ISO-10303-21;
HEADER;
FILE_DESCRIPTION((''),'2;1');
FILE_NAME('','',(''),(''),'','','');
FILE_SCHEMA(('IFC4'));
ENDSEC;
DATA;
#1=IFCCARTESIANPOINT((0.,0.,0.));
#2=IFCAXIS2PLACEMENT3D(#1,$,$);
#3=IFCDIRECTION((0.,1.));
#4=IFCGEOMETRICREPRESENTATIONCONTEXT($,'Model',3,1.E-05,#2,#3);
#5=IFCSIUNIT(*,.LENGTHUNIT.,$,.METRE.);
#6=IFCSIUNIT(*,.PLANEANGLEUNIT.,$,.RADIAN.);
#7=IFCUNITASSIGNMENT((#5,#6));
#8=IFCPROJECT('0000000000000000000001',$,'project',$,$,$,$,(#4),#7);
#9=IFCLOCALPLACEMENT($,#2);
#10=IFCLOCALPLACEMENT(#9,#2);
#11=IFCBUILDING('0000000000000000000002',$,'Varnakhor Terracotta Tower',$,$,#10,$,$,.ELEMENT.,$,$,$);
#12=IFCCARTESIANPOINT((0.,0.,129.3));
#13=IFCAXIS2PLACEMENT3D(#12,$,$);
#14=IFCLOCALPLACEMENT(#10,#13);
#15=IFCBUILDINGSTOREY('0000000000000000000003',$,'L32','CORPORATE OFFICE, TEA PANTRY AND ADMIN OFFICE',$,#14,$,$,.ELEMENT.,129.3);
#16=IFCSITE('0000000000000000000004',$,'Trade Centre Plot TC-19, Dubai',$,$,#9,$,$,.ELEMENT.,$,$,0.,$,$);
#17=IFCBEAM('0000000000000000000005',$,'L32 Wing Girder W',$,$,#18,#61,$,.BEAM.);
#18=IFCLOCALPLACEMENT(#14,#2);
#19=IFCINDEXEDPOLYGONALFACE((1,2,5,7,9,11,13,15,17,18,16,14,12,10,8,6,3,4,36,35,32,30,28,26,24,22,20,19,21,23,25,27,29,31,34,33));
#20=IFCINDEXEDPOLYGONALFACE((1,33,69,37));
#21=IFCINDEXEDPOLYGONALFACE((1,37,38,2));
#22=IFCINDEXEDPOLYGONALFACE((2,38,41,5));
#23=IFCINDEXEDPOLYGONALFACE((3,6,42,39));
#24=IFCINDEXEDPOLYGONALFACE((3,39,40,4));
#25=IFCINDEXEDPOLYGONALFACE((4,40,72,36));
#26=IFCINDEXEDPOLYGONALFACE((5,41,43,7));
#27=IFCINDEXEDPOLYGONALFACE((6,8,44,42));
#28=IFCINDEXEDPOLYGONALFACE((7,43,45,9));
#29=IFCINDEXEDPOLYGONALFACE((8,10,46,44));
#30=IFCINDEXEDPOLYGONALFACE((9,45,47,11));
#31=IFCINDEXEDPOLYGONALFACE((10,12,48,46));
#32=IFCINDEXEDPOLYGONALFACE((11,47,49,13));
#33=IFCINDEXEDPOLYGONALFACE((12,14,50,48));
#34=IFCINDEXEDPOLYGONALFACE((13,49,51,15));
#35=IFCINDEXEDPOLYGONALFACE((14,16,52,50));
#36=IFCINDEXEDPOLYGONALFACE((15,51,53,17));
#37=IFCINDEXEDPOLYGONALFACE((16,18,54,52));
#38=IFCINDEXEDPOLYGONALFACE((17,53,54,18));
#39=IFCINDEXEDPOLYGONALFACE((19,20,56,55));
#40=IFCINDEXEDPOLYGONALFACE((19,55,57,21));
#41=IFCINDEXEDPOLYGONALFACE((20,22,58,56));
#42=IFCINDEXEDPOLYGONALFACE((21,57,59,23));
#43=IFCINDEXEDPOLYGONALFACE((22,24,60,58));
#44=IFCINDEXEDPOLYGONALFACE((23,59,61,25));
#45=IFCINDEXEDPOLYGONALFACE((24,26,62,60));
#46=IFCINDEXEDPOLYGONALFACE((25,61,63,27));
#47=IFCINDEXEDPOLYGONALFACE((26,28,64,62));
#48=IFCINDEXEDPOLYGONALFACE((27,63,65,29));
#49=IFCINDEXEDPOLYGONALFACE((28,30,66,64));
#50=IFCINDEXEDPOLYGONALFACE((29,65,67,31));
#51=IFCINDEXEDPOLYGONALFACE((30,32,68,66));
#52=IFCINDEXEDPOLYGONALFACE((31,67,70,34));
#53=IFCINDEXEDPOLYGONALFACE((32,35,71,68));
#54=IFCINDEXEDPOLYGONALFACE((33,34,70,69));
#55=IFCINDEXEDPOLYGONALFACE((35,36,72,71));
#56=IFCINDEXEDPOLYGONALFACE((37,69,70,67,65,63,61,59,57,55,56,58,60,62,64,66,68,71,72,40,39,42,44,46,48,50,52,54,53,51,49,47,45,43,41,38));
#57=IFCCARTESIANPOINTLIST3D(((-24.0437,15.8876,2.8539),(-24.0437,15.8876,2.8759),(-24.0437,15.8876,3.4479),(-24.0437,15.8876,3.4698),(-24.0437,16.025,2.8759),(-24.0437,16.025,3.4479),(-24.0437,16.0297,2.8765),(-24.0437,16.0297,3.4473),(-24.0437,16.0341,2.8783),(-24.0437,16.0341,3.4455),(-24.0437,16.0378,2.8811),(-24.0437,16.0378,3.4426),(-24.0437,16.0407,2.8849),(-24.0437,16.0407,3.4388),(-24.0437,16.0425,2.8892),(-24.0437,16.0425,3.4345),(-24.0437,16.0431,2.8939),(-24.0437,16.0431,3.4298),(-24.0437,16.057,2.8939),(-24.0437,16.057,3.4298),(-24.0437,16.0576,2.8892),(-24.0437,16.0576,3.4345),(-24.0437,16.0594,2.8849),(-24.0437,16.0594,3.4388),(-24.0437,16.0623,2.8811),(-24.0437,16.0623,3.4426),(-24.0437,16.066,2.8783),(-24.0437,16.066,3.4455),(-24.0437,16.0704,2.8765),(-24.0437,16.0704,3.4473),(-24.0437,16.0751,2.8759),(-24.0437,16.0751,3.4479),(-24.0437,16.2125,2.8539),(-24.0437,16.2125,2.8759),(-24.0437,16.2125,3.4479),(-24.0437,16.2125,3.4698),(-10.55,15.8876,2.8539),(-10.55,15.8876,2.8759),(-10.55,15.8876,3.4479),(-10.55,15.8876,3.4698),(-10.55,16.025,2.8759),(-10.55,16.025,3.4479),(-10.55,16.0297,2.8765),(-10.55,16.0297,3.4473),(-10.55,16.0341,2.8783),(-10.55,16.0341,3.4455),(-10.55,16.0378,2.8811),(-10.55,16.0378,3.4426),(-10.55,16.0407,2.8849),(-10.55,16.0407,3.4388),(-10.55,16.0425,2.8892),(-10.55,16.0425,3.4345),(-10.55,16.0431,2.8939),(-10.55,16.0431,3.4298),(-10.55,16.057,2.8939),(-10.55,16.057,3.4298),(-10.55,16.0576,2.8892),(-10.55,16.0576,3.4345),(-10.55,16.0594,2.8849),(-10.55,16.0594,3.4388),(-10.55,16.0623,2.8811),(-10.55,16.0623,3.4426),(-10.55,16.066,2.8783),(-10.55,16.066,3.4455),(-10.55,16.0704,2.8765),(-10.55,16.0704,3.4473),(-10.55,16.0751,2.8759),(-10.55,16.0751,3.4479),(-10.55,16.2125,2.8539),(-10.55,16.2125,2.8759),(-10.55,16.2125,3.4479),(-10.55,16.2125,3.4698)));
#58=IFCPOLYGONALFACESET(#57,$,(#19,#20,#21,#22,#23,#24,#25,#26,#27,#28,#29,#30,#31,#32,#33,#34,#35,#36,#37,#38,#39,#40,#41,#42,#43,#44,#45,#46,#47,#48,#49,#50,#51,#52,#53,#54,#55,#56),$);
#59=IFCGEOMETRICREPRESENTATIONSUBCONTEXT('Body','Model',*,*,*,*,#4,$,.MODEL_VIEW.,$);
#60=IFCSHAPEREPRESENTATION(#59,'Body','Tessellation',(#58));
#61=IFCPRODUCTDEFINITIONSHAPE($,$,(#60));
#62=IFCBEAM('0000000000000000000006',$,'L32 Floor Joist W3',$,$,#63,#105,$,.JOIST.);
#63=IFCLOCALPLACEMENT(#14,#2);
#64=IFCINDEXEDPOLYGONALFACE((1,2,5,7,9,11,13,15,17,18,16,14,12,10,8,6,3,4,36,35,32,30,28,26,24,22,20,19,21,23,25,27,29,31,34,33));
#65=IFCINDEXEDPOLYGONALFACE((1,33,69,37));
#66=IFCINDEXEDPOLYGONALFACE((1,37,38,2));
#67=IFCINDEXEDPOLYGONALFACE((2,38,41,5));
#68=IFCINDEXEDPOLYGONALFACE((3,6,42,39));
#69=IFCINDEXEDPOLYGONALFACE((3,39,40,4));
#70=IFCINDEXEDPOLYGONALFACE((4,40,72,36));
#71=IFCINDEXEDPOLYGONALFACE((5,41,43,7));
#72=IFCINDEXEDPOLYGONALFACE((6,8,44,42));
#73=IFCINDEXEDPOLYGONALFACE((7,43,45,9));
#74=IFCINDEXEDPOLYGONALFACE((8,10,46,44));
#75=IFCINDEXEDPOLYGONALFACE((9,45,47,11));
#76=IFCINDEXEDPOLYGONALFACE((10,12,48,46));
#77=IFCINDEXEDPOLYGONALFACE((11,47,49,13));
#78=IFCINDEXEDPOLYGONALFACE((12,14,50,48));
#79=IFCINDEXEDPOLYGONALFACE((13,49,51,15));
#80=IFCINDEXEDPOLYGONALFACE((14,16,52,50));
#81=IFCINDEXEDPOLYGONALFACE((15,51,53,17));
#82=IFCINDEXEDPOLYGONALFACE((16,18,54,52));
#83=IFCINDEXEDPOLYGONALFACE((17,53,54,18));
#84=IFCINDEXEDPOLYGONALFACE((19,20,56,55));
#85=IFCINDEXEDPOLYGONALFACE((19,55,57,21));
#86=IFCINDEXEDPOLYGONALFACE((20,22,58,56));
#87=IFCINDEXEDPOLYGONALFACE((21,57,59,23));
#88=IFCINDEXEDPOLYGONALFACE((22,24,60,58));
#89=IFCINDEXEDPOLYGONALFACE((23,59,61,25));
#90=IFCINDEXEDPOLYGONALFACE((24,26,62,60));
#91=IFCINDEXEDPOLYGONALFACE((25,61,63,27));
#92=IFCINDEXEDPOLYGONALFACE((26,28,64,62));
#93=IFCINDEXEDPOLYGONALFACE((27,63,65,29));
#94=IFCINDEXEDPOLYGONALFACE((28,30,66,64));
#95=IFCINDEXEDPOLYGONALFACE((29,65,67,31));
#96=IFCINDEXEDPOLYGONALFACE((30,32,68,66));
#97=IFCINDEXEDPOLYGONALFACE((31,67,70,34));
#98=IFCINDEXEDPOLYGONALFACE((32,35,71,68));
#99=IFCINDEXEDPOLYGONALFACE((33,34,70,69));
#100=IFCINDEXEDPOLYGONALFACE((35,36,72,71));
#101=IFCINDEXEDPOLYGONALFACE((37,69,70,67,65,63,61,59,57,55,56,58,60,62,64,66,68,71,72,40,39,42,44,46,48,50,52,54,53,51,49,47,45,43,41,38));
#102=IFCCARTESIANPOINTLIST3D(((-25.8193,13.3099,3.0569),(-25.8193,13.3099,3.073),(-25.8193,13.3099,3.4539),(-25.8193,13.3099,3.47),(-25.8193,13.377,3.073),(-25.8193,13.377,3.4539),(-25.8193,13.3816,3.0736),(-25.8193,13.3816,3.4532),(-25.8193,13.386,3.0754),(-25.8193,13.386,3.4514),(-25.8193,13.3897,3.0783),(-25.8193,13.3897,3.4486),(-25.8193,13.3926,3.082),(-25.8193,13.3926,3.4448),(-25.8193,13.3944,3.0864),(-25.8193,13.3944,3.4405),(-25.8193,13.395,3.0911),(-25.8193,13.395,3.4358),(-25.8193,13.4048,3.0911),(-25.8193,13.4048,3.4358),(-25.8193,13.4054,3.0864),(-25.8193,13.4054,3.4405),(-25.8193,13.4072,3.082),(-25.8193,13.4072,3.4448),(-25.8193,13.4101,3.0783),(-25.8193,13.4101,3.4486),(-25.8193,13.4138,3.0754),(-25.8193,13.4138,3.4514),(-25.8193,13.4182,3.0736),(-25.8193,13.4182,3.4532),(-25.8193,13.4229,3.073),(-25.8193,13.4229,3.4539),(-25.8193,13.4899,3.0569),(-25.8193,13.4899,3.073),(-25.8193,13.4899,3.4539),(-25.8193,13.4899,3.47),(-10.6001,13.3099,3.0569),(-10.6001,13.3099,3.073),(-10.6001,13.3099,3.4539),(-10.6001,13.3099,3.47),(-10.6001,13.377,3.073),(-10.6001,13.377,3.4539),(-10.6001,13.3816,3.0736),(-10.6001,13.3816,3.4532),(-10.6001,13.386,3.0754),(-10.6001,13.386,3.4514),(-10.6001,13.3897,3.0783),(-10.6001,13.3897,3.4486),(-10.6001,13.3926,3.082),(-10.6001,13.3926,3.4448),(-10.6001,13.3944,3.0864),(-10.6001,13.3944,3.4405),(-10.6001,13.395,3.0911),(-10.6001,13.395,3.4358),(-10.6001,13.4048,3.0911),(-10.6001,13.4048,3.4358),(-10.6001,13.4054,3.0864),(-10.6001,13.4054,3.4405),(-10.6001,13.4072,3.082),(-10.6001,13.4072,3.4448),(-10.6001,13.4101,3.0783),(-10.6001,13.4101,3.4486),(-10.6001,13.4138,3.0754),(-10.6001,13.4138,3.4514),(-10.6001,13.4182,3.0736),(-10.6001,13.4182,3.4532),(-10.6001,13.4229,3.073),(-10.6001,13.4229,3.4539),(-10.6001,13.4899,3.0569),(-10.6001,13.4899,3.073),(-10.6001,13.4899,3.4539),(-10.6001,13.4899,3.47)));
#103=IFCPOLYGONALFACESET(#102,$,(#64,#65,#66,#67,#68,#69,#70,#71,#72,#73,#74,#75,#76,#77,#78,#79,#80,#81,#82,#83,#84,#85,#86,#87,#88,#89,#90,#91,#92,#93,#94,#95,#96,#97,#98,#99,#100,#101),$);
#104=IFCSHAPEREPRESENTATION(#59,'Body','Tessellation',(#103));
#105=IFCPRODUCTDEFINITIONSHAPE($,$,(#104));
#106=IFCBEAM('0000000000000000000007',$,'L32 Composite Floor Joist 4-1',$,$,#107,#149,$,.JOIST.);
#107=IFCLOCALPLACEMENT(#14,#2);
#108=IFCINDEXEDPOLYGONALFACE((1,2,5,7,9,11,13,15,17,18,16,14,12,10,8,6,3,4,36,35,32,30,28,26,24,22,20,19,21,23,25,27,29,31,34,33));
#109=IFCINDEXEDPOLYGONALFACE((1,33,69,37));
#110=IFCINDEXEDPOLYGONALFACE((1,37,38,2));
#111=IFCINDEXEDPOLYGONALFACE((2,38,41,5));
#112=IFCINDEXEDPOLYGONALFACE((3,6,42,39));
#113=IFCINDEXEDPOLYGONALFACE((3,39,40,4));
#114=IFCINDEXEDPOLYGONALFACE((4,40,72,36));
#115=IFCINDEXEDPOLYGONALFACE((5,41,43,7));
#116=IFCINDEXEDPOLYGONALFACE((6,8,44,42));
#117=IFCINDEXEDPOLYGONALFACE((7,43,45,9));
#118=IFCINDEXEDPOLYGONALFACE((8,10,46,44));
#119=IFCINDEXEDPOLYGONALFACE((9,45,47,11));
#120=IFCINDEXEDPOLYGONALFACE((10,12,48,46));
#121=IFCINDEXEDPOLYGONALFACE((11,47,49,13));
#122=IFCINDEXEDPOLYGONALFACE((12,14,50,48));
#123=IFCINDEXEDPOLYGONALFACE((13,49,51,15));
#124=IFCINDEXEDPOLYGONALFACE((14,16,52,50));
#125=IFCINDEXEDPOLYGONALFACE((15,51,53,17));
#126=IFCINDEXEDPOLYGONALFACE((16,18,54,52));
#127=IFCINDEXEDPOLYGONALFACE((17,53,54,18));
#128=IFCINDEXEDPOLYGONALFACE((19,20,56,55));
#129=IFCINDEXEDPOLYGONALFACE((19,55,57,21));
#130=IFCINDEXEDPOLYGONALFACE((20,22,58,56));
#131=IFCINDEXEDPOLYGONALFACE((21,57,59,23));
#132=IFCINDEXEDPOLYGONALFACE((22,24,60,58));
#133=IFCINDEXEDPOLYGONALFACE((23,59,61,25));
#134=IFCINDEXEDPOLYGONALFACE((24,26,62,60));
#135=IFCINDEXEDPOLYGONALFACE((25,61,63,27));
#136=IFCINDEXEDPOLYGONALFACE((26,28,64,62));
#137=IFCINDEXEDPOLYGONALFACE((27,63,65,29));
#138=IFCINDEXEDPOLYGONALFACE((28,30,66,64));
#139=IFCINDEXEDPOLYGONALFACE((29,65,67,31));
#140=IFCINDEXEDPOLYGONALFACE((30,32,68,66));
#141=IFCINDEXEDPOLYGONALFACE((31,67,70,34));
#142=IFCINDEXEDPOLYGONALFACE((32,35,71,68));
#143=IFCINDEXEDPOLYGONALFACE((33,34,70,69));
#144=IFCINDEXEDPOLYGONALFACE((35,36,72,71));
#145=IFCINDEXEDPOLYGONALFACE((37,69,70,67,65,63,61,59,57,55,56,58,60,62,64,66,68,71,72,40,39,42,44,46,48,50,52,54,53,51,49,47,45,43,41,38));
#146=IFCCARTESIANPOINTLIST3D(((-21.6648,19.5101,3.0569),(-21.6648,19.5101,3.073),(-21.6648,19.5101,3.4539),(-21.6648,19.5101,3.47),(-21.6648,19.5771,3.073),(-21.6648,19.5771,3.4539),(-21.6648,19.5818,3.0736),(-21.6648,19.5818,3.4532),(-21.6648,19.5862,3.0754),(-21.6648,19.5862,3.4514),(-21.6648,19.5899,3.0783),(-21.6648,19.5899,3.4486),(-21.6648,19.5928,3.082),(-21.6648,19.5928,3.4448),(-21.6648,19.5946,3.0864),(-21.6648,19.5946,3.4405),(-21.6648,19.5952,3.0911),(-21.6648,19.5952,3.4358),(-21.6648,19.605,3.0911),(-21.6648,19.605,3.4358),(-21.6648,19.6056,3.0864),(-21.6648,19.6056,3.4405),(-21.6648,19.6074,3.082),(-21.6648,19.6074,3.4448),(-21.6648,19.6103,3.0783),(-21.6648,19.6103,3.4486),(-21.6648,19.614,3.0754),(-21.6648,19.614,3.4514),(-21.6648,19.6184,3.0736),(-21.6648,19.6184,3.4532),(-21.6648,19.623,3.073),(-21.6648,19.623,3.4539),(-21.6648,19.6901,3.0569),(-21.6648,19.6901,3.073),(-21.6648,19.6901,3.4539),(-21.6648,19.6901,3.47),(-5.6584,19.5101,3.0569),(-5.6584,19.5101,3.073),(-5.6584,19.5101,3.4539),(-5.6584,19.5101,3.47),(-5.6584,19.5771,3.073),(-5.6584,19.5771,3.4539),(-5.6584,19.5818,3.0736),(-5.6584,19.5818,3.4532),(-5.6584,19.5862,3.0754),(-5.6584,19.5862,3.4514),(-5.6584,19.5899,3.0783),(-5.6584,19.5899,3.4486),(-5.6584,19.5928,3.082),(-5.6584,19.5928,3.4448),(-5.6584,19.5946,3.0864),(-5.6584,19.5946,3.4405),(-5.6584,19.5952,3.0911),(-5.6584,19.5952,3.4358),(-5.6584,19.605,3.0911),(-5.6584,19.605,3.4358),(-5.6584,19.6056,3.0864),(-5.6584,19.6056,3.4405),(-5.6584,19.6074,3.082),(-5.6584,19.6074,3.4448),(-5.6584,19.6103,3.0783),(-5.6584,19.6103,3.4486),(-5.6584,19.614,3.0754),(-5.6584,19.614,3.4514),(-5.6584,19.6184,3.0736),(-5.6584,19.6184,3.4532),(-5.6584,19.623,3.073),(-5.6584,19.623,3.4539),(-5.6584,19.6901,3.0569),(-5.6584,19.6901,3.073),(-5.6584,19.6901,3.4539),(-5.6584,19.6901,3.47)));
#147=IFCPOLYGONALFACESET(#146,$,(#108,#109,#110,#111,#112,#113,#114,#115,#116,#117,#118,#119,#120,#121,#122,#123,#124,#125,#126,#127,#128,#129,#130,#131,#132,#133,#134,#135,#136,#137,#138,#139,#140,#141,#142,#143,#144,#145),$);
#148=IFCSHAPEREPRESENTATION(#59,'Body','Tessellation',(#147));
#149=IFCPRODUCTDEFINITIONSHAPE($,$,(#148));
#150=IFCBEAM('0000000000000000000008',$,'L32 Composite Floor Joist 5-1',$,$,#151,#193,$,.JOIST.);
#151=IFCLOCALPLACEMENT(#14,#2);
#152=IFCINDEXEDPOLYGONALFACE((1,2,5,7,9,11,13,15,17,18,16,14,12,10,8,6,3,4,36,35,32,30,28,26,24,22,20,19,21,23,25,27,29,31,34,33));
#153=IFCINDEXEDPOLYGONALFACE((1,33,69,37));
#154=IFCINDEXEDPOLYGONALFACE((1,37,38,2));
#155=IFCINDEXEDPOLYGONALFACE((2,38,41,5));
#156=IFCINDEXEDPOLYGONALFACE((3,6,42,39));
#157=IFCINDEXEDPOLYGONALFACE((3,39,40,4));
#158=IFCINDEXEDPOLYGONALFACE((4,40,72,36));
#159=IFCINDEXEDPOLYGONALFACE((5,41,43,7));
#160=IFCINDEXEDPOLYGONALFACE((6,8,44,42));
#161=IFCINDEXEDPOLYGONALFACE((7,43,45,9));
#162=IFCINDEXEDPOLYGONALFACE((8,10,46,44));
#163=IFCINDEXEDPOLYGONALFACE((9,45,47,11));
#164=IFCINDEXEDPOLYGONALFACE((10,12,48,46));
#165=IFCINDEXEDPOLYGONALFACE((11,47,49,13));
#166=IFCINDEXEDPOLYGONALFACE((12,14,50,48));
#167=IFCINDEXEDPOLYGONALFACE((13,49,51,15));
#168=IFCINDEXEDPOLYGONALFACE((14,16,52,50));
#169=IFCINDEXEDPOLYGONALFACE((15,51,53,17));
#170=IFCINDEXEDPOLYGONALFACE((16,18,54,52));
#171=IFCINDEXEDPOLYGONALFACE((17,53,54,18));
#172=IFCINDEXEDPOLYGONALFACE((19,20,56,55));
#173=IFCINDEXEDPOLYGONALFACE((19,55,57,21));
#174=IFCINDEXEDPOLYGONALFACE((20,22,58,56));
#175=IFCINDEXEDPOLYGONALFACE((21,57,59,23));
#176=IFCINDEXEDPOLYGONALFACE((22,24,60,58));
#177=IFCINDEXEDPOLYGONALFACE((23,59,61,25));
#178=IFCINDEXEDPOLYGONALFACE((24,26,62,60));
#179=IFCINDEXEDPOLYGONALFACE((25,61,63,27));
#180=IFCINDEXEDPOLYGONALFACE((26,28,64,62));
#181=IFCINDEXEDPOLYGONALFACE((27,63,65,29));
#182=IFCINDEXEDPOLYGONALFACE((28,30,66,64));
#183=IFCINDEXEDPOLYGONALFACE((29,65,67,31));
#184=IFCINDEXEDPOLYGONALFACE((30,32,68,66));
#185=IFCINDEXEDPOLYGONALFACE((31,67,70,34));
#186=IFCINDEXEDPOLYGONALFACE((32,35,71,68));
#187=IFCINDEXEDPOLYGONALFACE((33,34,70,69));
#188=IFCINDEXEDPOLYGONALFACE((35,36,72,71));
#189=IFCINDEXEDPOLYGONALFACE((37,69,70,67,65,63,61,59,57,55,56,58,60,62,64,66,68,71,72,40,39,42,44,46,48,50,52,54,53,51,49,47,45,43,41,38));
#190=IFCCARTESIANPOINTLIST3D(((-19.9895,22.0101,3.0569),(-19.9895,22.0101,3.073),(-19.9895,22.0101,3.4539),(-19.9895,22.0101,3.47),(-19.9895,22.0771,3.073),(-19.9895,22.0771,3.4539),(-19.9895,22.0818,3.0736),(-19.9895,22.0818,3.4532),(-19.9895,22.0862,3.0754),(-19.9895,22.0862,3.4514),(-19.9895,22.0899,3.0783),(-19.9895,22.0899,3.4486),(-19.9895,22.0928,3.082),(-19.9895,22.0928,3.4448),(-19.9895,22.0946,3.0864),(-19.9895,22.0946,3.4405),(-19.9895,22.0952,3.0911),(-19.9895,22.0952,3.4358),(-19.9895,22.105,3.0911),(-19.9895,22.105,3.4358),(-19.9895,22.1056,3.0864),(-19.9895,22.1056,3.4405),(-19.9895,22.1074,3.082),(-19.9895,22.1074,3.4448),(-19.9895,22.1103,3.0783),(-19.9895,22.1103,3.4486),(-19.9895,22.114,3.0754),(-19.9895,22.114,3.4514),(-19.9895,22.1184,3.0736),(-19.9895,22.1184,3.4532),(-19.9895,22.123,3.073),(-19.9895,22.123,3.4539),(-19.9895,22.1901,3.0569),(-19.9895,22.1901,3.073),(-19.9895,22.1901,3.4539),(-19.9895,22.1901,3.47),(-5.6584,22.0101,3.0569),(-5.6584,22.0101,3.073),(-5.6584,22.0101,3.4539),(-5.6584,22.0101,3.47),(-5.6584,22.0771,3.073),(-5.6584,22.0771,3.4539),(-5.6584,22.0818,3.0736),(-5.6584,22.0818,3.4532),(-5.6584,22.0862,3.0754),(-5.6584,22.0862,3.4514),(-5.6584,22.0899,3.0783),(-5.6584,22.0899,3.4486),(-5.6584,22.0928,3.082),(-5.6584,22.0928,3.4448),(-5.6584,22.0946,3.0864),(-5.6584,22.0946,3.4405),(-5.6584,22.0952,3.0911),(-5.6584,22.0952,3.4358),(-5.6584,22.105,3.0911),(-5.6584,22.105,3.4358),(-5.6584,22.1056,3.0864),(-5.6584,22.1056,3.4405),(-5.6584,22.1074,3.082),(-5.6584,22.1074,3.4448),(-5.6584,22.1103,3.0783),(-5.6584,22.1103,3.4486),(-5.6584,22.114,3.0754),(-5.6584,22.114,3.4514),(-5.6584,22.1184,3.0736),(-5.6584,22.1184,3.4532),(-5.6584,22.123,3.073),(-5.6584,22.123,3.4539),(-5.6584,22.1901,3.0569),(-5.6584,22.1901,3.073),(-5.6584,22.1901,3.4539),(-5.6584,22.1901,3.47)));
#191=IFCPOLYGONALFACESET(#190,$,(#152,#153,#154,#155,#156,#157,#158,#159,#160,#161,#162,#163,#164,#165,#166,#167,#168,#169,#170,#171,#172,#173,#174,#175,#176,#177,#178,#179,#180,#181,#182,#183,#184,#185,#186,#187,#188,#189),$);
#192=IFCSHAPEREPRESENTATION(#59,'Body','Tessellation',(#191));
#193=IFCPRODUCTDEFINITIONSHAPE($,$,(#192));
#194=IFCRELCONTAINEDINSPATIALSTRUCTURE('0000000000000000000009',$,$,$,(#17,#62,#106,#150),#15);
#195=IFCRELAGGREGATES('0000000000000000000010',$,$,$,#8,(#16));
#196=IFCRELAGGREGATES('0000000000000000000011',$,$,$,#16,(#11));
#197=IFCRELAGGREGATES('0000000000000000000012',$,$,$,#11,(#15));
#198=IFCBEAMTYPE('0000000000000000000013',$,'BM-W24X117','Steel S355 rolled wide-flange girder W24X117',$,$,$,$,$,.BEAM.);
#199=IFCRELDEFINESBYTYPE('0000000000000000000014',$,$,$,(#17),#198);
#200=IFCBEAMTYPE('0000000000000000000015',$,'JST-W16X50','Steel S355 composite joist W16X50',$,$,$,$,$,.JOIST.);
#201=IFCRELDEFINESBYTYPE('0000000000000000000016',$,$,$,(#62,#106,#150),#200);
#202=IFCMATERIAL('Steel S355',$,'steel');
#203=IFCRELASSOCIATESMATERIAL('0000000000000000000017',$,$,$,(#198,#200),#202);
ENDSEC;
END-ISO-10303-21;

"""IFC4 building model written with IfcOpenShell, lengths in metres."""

from ifc_helpers import new_model, si_unit, direction, frame, origin, origin_2d, place, context, subcontext, project, spatial, i_section, extrude, source, transform, mapped, material, material_profile, profile_set, type_object, element, save


model = new_model("IFC4")

# Units and contexts
model_context = context("Model", 3, precision=1e-05, world=origin(), true_north=direction((0.0, 1.0)))
body_context = subcontext(model_context, "Body", "Model", "MODEL_VIEW")
ifc_project = project(units=[si_unit("LENGTHUNIT", "METRE"), si_unit("PLANEANGLEUNIT", "RADIAN")], contexts=[model_context])

# Site, building, storey
site_placement = place(None, origin())
site = spatial("IfcSite", under=ifc_project, at=site_placement, Name="Trade Centre Plot TC-19, Dubai", CompositionType="ELEMENT", RefElevation=0.0)
building_placement = place(site_placement, origin())
building = spatial("IfcBuilding", under=site, at=building_placement, Name="Varnakhor Terracotta Tower", CompositionType="ELEMENT")
storey_placement = place(building_placement, frame((0.0, 0.0, 129.3)))
storey = spatial("IfcBuildingStorey", under=building, at=storey_placement, Name="L32", Description="CORPORATE OFFICE, TEA PANTRY AND ADMIN OFFICE", CompositionType="ELEMENT", Elevation=129.3)

# Beams
ifc_material_1 = material(Name="Steel S355", Category="steel")
ifc_material_profile_1 = material_profile(ifc_material_1, i_section(OverallWidth=0.325, OverallDepth=0.616, WebThickness=0.0139, FlangeThickness=0.022, FilletRadius=0.0181, at=origin_2d()), Name="W24X117")
ifc_profile_set_1 = profile_set([ifc_material_profile_1], Name="Steel S355")
beam_type_1 = type_object("IfcBeamType", Name="BM-W24X117", Description="Steel S355 rolled wide-flange girder W24X117", PredefinedType="BEAM", material=ifc_profile_set_1)
shared_shape_1 = source(origin(), body_context, "Body", "SweptSolid", [
    extrude(i_section(OverallWidth=0.325, OverallDepth=0.616, WebThickness=0.0139, FlangeThickness=0.022, FilletRadius=0.0181, at=origin_2d()), origin(), (0.0, 0.0, 1.0), 13.4937),
])
beam_1_placement = place(storey_placement, frame((-24.0437, 16.05, 3.1619), z_axis=(1.0, 0.0, 0.0), x_axis=(0.0, 1.0, 0.0)))
element("IfcBeam", 1, at=beam_1_placement, inside=storey, type_object=beam_type_1, Name="L32 Wing Girder W", PredefinedType="BEAM", context=body_context, shape_type="MappedRepresentation", body=[
    mapped(shared_shape_1, transform((0.0, 0.0, 0.0), scale=1.0)),
])
ifc_material_profile_2 = material_profile(ifc_material_1, i_section(OverallWidth=0.1799, OverallDepth=0.4131, WebThickness=0.0098, FlangeThickness=0.0161, FilletRadius=0.0181, at=origin_2d()), Name="W16X50")
ifc_profile_set_2 = profile_set([ifc_material_profile_2], Name="Steel S355")
beam_type_2 = type_object("IfcBeamType", Name="JST-W16X50", Description="Steel S355 composite joist W16X50", PredefinedType="JOIST", material=ifc_profile_set_2)
shared_shape_2 = source(origin(), body_context, "Body", "SweptSolid", [
    extrude(i_section(OverallWidth=0.1799, OverallDepth=0.4131, WebThickness=0.0098, FlangeThickness=0.0161, FilletRadius=0.0181, at=origin_2d()), origin(), (0.0, 0.0, 1.0), 15.2192),
])
beam_2_placement = place(storey_placement, frame((-25.8193, 13.3999, 3.2634), z_axis=(1.0, 0.0, 0.0), x_axis=(0.0, 1.0, 0.0)))
element("IfcBeam", 2, at=beam_2_placement, inside=storey, type_object=beam_type_2, Name="L32 Floor Joist W3", PredefinedType="JOIST", context=body_context, shape_type="MappedRepresentation", body=[
    mapped(shared_shape_2, transform((0.0, 0.0, 0.0), scale=1.0)),
])
shared_shape_3 = source(origin(), body_context, "Body", "SweptSolid", [
    extrude(i_section(OverallWidth=0.1799, OverallDepth=0.4131, WebThickness=0.0098, FlangeThickness=0.0161, FilletRadius=0.0181, at=origin_2d()), origin(), (0.0, 0.0, 1.0), 16.0063),
])
beam_3_placement = place(storey_placement, frame((-21.6648, 19.6001, 3.2634), z_axis=(1.0, 0.0, 0.0), x_axis=(0.0, 1.0, 0.0)))
element("IfcBeam", 3, at=beam_3_placement, inside=storey, type_object=beam_type_2, Name="L32 Composite Floor Joist 4-1", PredefinedType="JOIST", context=body_context, shape_type="MappedRepresentation", body=[
    mapped(shared_shape_3, transform((0.0, 0.0, 0.0), scale=1.0)),
])
shared_shape_4 = source(origin(), body_context, "Body", "SweptSolid", [
    extrude(i_section(OverallWidth=0.1799, OverallDepth=0.4131, WebThickness=0.0098, FlangeThickness=0.0161, FilletRadius=0.0181, at=origin_2d()), origin(), (0.0, 0.0, 1.0), 14.3311),
])
beam_4_placement = place(storey_placement, frame((-19.9895, 22.1001, 3.2634), z_axis=(1.0, 0.0, 0.0), x_axis=(0.0, 1.0, 0.0)))
element("IfcBeam", 4, at=beam_4_placement, inside=storey, type_object=beam_type_2, Name="L32 Composite Floor Joist 5-1", PredefinedType="JOIST", context=body_context, shape_type="MappedRepresentation", body=[
    mapped(shared_shape_4, transform((0.0, 0.0, 0.0), scale=1.0)),
])

save(model, "model.ifc")
